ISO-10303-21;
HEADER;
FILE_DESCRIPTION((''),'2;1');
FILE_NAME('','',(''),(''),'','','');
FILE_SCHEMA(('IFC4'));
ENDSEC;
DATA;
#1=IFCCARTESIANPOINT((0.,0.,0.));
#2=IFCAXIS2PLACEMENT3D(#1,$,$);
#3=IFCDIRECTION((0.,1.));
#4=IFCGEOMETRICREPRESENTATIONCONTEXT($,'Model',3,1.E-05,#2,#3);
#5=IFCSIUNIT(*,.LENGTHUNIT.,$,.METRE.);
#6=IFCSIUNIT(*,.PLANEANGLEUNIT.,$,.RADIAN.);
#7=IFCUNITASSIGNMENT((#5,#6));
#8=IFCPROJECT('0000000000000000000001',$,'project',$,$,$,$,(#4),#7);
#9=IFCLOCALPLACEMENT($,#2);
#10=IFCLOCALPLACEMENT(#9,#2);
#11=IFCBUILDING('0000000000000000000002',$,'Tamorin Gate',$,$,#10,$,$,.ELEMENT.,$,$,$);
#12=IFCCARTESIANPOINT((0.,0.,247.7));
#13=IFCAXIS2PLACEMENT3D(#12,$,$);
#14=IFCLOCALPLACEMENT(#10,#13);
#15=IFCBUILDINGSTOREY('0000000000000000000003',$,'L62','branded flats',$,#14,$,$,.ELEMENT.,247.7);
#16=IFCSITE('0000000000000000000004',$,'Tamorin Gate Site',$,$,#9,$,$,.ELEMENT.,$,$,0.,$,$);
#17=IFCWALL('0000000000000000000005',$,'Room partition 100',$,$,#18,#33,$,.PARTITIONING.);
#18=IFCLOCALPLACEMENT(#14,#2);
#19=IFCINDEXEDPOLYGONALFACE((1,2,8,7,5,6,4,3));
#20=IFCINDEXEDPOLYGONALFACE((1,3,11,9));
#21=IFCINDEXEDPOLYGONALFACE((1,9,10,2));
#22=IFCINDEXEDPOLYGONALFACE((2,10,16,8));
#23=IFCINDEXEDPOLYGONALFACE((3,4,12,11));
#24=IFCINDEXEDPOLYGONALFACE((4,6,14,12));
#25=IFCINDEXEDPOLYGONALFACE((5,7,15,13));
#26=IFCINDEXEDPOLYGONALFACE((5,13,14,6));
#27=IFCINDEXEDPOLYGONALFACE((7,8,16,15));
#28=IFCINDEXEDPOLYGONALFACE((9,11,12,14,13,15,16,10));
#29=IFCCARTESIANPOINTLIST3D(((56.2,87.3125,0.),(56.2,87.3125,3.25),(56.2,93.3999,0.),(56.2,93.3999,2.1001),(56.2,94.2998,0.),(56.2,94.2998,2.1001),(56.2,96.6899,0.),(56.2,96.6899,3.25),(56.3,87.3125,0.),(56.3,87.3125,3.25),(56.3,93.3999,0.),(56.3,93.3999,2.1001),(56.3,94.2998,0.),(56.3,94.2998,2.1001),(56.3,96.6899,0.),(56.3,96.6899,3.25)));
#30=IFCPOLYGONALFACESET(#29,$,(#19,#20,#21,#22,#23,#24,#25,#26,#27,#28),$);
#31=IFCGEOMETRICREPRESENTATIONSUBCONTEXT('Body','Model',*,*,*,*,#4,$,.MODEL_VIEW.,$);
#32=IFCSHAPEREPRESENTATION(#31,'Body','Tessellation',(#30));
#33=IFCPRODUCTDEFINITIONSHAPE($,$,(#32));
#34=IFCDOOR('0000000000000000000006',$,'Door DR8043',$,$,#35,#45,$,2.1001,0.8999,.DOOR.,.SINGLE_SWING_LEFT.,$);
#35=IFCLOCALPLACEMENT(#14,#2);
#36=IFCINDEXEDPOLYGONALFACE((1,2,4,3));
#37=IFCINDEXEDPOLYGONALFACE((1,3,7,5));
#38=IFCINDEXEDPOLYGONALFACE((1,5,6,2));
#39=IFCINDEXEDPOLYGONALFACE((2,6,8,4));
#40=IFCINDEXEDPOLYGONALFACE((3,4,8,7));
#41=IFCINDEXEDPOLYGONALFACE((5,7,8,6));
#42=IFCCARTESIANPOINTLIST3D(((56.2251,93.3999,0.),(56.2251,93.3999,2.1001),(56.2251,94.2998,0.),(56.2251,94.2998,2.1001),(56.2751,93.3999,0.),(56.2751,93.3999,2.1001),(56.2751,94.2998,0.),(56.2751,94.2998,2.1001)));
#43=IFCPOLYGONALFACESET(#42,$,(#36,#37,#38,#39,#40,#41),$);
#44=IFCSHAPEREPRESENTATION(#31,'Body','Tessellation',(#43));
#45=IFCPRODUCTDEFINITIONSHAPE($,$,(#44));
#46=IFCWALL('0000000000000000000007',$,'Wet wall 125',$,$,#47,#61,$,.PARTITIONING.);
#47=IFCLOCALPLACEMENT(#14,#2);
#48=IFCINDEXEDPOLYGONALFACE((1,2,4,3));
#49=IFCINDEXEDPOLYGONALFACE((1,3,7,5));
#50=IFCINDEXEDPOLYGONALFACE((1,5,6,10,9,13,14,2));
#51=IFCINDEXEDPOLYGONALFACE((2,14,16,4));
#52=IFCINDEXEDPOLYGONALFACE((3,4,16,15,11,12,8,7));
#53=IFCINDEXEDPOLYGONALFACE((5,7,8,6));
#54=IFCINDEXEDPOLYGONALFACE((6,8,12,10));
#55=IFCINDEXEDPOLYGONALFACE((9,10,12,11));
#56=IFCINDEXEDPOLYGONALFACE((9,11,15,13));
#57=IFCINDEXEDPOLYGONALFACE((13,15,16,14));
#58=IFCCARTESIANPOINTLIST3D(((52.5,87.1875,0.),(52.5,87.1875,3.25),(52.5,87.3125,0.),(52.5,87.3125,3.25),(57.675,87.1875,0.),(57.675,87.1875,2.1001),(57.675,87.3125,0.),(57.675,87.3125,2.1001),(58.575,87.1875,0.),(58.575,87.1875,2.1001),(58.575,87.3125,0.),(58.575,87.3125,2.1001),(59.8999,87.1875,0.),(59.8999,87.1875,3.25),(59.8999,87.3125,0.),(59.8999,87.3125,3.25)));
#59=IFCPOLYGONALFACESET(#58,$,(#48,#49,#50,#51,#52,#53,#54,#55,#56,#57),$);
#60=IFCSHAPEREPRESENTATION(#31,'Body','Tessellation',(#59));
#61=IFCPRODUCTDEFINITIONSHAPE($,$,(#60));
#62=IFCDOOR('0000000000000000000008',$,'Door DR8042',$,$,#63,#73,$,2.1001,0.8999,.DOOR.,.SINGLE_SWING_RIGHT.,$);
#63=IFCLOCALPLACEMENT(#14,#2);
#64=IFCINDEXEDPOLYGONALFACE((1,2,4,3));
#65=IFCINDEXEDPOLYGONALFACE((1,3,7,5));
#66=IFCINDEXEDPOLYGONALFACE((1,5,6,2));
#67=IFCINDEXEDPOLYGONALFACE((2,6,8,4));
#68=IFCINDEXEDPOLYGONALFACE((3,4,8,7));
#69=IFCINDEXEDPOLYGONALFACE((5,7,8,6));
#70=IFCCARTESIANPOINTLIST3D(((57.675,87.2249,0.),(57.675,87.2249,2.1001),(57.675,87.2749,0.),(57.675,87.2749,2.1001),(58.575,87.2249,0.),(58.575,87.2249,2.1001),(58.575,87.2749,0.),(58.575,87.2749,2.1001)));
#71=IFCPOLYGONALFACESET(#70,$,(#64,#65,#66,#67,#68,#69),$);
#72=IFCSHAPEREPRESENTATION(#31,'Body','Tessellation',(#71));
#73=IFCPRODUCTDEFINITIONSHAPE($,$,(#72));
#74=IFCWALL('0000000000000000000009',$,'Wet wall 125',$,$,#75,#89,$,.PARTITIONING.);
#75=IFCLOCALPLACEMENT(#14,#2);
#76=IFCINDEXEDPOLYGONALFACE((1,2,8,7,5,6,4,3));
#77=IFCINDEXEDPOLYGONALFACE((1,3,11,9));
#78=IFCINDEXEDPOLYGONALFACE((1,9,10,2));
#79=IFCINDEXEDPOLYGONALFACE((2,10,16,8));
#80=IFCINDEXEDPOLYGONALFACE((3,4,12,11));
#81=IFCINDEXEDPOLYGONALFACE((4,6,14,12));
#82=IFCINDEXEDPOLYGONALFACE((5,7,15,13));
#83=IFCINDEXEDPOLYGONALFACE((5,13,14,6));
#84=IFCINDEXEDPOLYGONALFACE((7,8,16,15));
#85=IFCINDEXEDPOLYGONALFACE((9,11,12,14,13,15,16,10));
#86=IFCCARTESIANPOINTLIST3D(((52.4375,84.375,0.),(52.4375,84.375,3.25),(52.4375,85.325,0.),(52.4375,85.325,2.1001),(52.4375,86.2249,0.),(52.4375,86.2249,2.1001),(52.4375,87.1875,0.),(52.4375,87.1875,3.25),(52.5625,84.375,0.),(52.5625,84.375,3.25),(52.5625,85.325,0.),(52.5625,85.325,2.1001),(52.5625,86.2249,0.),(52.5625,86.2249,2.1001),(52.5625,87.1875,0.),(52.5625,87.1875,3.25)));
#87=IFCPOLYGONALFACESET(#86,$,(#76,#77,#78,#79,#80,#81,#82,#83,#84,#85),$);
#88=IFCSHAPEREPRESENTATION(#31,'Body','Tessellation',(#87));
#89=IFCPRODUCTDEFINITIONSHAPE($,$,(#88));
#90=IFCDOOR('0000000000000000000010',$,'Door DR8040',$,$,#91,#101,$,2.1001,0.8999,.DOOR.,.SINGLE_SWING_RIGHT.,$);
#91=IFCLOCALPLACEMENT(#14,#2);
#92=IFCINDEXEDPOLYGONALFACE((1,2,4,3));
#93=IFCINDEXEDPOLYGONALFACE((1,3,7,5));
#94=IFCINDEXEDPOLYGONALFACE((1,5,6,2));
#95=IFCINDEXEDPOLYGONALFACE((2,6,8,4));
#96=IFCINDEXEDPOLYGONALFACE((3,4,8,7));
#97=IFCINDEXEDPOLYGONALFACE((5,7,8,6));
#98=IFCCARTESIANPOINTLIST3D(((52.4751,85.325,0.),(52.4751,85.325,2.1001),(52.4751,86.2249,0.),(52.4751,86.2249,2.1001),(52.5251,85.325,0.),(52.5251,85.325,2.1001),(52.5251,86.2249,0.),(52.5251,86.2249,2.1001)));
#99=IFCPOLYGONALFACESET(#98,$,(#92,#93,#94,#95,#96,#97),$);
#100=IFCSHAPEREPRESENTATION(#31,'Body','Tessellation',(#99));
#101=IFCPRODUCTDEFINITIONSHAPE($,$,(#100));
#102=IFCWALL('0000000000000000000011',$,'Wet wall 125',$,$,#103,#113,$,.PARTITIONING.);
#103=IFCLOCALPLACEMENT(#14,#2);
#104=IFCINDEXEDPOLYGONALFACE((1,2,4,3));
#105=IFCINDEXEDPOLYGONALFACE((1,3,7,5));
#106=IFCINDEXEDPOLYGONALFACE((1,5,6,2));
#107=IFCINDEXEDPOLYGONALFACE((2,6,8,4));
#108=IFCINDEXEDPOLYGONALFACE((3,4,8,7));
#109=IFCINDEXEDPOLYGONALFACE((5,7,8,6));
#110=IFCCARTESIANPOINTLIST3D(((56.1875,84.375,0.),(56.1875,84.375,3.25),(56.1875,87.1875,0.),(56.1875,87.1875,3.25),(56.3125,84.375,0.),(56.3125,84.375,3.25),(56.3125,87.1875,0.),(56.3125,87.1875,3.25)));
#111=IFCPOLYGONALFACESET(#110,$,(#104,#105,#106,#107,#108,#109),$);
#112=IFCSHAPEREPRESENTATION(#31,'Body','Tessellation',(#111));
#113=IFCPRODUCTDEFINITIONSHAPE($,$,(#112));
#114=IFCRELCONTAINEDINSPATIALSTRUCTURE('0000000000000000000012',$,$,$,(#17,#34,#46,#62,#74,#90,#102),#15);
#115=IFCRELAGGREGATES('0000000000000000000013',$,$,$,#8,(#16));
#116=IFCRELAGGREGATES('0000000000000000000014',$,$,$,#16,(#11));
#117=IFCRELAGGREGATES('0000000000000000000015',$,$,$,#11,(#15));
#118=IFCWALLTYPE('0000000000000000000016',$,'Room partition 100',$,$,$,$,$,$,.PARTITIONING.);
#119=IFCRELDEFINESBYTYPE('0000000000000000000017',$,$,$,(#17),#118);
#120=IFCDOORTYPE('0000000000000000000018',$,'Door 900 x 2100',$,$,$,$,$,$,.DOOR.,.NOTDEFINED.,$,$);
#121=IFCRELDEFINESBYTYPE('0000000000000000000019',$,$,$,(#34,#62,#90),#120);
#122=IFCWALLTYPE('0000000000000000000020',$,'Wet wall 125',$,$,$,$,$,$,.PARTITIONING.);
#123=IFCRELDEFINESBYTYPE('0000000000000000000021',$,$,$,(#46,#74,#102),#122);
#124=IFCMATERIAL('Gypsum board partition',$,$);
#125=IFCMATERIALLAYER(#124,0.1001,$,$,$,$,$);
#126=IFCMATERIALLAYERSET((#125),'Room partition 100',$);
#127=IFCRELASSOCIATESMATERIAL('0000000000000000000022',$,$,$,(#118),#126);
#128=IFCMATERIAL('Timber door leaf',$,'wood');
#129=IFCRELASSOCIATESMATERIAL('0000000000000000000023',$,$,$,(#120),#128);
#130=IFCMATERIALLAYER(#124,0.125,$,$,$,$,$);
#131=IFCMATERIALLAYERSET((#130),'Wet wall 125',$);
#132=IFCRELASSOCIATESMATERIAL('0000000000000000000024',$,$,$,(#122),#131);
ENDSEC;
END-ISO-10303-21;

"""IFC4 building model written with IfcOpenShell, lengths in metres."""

from ifc_helpers import new_model, si_unit, direction, frame, frame_2d, origin, place, context, subcontext, project, spatial, rectangle, extrude, material, layer, layer_set, type_object, element, fill, save


model = new_model("IFC4")

# Units and contexts
model_context = context("Model", 3, precision=1e-05, world=origin(), true_north=direction((0.0, 1.0)))
body_context = subcontext(model_context, "Body", "Model", "MODEL_VIEW")
ifc_project = project(units=[si_unit("LENGTHUNIT", "METRE"), si_unit("PLANEANGLEUNIT", "RADIAN")], contexts=[model_context])

# Site, building, storey
site_placement = place(None, origin())
site = spatial("IfcSite", under=ifc_project, at=site_placement, Name="Tamorin Gate Site", CompositionType="ELEMENT", RefElevation=0.0)
building_placement = place(site_placement, origin())
building = spatial("IfcBuilding", under=site, at=building_placement, Name="Tamorin Gate", CompositionType="ELEMENT")
storey_placement = place(building_placement, frame((0.0, 0.0, 247.7)))
storey = spatial("IfcBuildingStorey", under=building, at=storey_placement, Name="L62", Description="branded flats", CompositionType="ELEMENT", Elevation=247.7)

# Shared definitions
ifc_material_1 = material(Name="Gypsum board partition")

# Walls, openings, doors
ifc_layer_1 = layer(ifc_material_1, 0.1001)
ifc_layer_set_1 = layer_set([ifc_layer_1], Name="Room partition 100")
wall_type_1 = type_object("IfcWallType", Name="Room partition 100", PredefinedType="PARTITIONING", material=ifc_layer_set_1)
ifc_material_2 = material(Name="Timber door leaf", Category="wood")
door_type = type_object("IfcDoorType", Name="Door 900 x 2100", OperationType="NOTDEFINED", PredefinedType="DOOR", material=ifc_material_2)
wall_1_placement = place(storey_placement, frame((56.25, 87.3125, 0.0), z_axis=(0.0, 0.0, 1.0), x_axis=(0.0, 1.0, 0.0)))
wall_1 = element("IfcWall", 1, at=wall_1_placement, inside=storey, type_object=wall_type_1, Name="Room partition 100", PredefinedType="PARTITIONING", context=body_context, shape_type="SweptSolid", body=[
    extrude(rectangle(XDim=9.3774, YDim=0.1001, at=frame_2d((4.6887, 0.0))), origin(), (0.0, 0.0, 1.0), 3.25),
])
opening_1_placement = place(wall_1_placement, frame((6.0874, 0.0, 0.0)))
opening_1 = element("IfcOpeningElement", 2, at=opening_1_placement, cuts=wall_1, PredefinedType="OPENING", context=body_context, shape_type="SweptSolid", body=[
    extrude(rectangle(XDim=0.8999, YDim=2.1001, at=frame_2d((0.45, 1.05))), frame((0.0, 0.0601, 0.0), z_axis=(0.0, -1.0, 0.0), x_axis=(1.0, 0.0, 0.0)), (0.0, 0.0, 1.0), 0.1201),
])
door_1_placement = place(opening_1_placement, origin())
door_1 = element("IfcDoor", 3, at=door_1_placement, inside=storey, type_object=door_type, Name="Door DR8043", OperationType="SINGLE_SWING_LEFT", OverallHeight=2.1001, OverallWidth=0.8999, PredefinedType="DOOR", context=body_context, shape_type="SweptSolid", body=[
    extrude(rectangle(XDim=0.8999, YDim=2.1001, at=frame_2d((0.45, 1.05))), frame((0.0, 0.0249, 0.0), z_axis=(0.0, -1.0, 0.0), x_axis=(1.0, 0.0, 0.0)), (0.0, 0.0, 1.0), 0.05),
])
fill(opening_1, door_1)
ifc_layer_2 = layer(ifc_material_1, 0.125)
ifc_layer_set_2 = layer_set([ifc_layer_2], Name="Wet wall 125")
wall_type_2 = type_object("IfcWallType", Name="Wet wall 125", PredefinedType="PARTITIONING", material=ifc_layer_set_2)
wall_2_placement = place(storey_placement, frame((52.5, 87.25, 0.0), z_axis=(0.0, 0.0, 1.0), x_axis=(1.0, 0.0, 0.0)))
wall_2 = element("IfcWall", 4, at=wall_2_placement, inside=storey, type_object=wall_type_2, Name="Wet wall 125", PredefinedType="PARTITIONING", context=body_context, shape_type="SweptSolid", body=[
    extrude(rectangle(XDim=7.3999, YDim=0.125, at=frame_2d((3.7, 0.0))), origin(), (0.0, 0.0, 1.0), 3.25),
])
opening_2_placement = place(wall_2_placement, frame((5.175, 0.0, 0.0)))
opening_2 = element("IfcOpeningElement", 5, at=opening_2_placement, cuts=wall_2, PredefinedType="OPENING", context=body_context, shape_type="SweptSolid", body=[
    extrude(rectangle(XDim=0.8999, YDim=2.1001, at=frame_2d((0.45, 1.05))), frame((0.0, 0.0725, 0.0), z_axis=(0.0, -1.0, 0.0), x_axis=(1.0, 0.0, 0.0)), (0.0, 0.0, 1.0), 0.145),
])
door_2_placement = place(opening_2_placement, origin())
door_2 = element("IfcDoor", 6, at=door_2_placement, inside=storey, type_object=door_type, Name="Door DR8042", OperationType="SINGLE_SWING_RIGHT", OverallHeight=2.1001, OverallWidth=0.8999, PredefinedType="DOOR", context=body_context, shape_type="SweptSolid", body=[
    extrude(rectangle(XDim=0.8999, YDim=2.1001, at=frame_2d((0.45, 1.05))), frame((0.0, 0.0249, 0.0), z_axis=(0.0, -1.0, 0.0), x_axis=(1.0, 0.0, 0.0)), (0.0, 0.0, 1.0), 0.05),
])
fill(opening_2, door_2)
wall_3_placement = place(storey_placement, frame((52.5, 84.375, 0.0), z_axis=(0.0, 0.0, 1.0), x_axis=(0.0, 1.0, 0.0)))
wall_3 = element("IfcWall", 7, at=wall_3_placement, inside=storey, type_object=wall_type_2, Name="Wet wall 125", PredefinedType="PARTITIONING", context=body_context, shape_type="SweptSolid", body=[
    extrude(rectangle(XDim=2.8125, YDim=0.125, at=frame_2d((1.4062, 0.0))), origin(), (0.0, 0.0, 1.0), 3.25),
])
opening_3_placement = place(wall_3_placement, frame((0.95, 0.0, 0.0)))
opening_3 = element("IfcOpeningElement", 8, at=opening_3_placement, cuts=wall_3, PredefinedType="OPENING", context=body_context, shape_type="SweptSolid", body=[
    extrude(rectangle(XDim=0.8999, YDim=2.1001, at=frame_2d((0.45, 1.05))), frame((0.0, 0.0725, 0.0), z_axis=(0.0, -1.0, 0.0), x_axis=(1.0, 0.0, 0.0)), (0.0, 0.0, 1.0), 0.145),
])
door_3_placement = place(opening_3_placement, origin())
door_3 = element("IfcDoor", 9, at=door_3_placement, inside=storey, type_object=door_type, Name="Door DR8040", OperationType="SINGLE_SWING_RIGHT", OverallHeight=2.1001, OverallWidth=0.8999, PredefinedType="DOOR", context=body_context, shape_type="SweptSolid", body=[
    extrude(rectangle(XDim=0.8999, YDim=2.1001, at=frame_2d((0.45, 1.05))), frame((0.0, 0.0249, 0.0), z_axis=(0.0, -1.0, 0.0), x_axis=(1.0, 0.0, 0.0)), (0.0, 0.0, 1.0), 0.05),
])
fill(opening_3, door_3)

# Wall
wall_4_placement = place(storey_placement, frame((56.25, 84.375, 0.0), z_axis=(0.0, 0.0, 1.0), x_axis=(0.0, 1.0, 0.0)))
element("IfcWall", 10, at=wall_4_placement, inside=storey, type_object=wall_type_2, Name="Wet wall 125", PredefinedType="PARTITIONING", context=body_context, shape_type="SweptSolid", body=[
    extrude(rectangle(XDim=2.8125, YDim=0.125, at=frame_2d((1.4062, 0.0))), origin(), (0.0, 0.0, 1.0), 3.25),
])

save(model, "model.ifc")
